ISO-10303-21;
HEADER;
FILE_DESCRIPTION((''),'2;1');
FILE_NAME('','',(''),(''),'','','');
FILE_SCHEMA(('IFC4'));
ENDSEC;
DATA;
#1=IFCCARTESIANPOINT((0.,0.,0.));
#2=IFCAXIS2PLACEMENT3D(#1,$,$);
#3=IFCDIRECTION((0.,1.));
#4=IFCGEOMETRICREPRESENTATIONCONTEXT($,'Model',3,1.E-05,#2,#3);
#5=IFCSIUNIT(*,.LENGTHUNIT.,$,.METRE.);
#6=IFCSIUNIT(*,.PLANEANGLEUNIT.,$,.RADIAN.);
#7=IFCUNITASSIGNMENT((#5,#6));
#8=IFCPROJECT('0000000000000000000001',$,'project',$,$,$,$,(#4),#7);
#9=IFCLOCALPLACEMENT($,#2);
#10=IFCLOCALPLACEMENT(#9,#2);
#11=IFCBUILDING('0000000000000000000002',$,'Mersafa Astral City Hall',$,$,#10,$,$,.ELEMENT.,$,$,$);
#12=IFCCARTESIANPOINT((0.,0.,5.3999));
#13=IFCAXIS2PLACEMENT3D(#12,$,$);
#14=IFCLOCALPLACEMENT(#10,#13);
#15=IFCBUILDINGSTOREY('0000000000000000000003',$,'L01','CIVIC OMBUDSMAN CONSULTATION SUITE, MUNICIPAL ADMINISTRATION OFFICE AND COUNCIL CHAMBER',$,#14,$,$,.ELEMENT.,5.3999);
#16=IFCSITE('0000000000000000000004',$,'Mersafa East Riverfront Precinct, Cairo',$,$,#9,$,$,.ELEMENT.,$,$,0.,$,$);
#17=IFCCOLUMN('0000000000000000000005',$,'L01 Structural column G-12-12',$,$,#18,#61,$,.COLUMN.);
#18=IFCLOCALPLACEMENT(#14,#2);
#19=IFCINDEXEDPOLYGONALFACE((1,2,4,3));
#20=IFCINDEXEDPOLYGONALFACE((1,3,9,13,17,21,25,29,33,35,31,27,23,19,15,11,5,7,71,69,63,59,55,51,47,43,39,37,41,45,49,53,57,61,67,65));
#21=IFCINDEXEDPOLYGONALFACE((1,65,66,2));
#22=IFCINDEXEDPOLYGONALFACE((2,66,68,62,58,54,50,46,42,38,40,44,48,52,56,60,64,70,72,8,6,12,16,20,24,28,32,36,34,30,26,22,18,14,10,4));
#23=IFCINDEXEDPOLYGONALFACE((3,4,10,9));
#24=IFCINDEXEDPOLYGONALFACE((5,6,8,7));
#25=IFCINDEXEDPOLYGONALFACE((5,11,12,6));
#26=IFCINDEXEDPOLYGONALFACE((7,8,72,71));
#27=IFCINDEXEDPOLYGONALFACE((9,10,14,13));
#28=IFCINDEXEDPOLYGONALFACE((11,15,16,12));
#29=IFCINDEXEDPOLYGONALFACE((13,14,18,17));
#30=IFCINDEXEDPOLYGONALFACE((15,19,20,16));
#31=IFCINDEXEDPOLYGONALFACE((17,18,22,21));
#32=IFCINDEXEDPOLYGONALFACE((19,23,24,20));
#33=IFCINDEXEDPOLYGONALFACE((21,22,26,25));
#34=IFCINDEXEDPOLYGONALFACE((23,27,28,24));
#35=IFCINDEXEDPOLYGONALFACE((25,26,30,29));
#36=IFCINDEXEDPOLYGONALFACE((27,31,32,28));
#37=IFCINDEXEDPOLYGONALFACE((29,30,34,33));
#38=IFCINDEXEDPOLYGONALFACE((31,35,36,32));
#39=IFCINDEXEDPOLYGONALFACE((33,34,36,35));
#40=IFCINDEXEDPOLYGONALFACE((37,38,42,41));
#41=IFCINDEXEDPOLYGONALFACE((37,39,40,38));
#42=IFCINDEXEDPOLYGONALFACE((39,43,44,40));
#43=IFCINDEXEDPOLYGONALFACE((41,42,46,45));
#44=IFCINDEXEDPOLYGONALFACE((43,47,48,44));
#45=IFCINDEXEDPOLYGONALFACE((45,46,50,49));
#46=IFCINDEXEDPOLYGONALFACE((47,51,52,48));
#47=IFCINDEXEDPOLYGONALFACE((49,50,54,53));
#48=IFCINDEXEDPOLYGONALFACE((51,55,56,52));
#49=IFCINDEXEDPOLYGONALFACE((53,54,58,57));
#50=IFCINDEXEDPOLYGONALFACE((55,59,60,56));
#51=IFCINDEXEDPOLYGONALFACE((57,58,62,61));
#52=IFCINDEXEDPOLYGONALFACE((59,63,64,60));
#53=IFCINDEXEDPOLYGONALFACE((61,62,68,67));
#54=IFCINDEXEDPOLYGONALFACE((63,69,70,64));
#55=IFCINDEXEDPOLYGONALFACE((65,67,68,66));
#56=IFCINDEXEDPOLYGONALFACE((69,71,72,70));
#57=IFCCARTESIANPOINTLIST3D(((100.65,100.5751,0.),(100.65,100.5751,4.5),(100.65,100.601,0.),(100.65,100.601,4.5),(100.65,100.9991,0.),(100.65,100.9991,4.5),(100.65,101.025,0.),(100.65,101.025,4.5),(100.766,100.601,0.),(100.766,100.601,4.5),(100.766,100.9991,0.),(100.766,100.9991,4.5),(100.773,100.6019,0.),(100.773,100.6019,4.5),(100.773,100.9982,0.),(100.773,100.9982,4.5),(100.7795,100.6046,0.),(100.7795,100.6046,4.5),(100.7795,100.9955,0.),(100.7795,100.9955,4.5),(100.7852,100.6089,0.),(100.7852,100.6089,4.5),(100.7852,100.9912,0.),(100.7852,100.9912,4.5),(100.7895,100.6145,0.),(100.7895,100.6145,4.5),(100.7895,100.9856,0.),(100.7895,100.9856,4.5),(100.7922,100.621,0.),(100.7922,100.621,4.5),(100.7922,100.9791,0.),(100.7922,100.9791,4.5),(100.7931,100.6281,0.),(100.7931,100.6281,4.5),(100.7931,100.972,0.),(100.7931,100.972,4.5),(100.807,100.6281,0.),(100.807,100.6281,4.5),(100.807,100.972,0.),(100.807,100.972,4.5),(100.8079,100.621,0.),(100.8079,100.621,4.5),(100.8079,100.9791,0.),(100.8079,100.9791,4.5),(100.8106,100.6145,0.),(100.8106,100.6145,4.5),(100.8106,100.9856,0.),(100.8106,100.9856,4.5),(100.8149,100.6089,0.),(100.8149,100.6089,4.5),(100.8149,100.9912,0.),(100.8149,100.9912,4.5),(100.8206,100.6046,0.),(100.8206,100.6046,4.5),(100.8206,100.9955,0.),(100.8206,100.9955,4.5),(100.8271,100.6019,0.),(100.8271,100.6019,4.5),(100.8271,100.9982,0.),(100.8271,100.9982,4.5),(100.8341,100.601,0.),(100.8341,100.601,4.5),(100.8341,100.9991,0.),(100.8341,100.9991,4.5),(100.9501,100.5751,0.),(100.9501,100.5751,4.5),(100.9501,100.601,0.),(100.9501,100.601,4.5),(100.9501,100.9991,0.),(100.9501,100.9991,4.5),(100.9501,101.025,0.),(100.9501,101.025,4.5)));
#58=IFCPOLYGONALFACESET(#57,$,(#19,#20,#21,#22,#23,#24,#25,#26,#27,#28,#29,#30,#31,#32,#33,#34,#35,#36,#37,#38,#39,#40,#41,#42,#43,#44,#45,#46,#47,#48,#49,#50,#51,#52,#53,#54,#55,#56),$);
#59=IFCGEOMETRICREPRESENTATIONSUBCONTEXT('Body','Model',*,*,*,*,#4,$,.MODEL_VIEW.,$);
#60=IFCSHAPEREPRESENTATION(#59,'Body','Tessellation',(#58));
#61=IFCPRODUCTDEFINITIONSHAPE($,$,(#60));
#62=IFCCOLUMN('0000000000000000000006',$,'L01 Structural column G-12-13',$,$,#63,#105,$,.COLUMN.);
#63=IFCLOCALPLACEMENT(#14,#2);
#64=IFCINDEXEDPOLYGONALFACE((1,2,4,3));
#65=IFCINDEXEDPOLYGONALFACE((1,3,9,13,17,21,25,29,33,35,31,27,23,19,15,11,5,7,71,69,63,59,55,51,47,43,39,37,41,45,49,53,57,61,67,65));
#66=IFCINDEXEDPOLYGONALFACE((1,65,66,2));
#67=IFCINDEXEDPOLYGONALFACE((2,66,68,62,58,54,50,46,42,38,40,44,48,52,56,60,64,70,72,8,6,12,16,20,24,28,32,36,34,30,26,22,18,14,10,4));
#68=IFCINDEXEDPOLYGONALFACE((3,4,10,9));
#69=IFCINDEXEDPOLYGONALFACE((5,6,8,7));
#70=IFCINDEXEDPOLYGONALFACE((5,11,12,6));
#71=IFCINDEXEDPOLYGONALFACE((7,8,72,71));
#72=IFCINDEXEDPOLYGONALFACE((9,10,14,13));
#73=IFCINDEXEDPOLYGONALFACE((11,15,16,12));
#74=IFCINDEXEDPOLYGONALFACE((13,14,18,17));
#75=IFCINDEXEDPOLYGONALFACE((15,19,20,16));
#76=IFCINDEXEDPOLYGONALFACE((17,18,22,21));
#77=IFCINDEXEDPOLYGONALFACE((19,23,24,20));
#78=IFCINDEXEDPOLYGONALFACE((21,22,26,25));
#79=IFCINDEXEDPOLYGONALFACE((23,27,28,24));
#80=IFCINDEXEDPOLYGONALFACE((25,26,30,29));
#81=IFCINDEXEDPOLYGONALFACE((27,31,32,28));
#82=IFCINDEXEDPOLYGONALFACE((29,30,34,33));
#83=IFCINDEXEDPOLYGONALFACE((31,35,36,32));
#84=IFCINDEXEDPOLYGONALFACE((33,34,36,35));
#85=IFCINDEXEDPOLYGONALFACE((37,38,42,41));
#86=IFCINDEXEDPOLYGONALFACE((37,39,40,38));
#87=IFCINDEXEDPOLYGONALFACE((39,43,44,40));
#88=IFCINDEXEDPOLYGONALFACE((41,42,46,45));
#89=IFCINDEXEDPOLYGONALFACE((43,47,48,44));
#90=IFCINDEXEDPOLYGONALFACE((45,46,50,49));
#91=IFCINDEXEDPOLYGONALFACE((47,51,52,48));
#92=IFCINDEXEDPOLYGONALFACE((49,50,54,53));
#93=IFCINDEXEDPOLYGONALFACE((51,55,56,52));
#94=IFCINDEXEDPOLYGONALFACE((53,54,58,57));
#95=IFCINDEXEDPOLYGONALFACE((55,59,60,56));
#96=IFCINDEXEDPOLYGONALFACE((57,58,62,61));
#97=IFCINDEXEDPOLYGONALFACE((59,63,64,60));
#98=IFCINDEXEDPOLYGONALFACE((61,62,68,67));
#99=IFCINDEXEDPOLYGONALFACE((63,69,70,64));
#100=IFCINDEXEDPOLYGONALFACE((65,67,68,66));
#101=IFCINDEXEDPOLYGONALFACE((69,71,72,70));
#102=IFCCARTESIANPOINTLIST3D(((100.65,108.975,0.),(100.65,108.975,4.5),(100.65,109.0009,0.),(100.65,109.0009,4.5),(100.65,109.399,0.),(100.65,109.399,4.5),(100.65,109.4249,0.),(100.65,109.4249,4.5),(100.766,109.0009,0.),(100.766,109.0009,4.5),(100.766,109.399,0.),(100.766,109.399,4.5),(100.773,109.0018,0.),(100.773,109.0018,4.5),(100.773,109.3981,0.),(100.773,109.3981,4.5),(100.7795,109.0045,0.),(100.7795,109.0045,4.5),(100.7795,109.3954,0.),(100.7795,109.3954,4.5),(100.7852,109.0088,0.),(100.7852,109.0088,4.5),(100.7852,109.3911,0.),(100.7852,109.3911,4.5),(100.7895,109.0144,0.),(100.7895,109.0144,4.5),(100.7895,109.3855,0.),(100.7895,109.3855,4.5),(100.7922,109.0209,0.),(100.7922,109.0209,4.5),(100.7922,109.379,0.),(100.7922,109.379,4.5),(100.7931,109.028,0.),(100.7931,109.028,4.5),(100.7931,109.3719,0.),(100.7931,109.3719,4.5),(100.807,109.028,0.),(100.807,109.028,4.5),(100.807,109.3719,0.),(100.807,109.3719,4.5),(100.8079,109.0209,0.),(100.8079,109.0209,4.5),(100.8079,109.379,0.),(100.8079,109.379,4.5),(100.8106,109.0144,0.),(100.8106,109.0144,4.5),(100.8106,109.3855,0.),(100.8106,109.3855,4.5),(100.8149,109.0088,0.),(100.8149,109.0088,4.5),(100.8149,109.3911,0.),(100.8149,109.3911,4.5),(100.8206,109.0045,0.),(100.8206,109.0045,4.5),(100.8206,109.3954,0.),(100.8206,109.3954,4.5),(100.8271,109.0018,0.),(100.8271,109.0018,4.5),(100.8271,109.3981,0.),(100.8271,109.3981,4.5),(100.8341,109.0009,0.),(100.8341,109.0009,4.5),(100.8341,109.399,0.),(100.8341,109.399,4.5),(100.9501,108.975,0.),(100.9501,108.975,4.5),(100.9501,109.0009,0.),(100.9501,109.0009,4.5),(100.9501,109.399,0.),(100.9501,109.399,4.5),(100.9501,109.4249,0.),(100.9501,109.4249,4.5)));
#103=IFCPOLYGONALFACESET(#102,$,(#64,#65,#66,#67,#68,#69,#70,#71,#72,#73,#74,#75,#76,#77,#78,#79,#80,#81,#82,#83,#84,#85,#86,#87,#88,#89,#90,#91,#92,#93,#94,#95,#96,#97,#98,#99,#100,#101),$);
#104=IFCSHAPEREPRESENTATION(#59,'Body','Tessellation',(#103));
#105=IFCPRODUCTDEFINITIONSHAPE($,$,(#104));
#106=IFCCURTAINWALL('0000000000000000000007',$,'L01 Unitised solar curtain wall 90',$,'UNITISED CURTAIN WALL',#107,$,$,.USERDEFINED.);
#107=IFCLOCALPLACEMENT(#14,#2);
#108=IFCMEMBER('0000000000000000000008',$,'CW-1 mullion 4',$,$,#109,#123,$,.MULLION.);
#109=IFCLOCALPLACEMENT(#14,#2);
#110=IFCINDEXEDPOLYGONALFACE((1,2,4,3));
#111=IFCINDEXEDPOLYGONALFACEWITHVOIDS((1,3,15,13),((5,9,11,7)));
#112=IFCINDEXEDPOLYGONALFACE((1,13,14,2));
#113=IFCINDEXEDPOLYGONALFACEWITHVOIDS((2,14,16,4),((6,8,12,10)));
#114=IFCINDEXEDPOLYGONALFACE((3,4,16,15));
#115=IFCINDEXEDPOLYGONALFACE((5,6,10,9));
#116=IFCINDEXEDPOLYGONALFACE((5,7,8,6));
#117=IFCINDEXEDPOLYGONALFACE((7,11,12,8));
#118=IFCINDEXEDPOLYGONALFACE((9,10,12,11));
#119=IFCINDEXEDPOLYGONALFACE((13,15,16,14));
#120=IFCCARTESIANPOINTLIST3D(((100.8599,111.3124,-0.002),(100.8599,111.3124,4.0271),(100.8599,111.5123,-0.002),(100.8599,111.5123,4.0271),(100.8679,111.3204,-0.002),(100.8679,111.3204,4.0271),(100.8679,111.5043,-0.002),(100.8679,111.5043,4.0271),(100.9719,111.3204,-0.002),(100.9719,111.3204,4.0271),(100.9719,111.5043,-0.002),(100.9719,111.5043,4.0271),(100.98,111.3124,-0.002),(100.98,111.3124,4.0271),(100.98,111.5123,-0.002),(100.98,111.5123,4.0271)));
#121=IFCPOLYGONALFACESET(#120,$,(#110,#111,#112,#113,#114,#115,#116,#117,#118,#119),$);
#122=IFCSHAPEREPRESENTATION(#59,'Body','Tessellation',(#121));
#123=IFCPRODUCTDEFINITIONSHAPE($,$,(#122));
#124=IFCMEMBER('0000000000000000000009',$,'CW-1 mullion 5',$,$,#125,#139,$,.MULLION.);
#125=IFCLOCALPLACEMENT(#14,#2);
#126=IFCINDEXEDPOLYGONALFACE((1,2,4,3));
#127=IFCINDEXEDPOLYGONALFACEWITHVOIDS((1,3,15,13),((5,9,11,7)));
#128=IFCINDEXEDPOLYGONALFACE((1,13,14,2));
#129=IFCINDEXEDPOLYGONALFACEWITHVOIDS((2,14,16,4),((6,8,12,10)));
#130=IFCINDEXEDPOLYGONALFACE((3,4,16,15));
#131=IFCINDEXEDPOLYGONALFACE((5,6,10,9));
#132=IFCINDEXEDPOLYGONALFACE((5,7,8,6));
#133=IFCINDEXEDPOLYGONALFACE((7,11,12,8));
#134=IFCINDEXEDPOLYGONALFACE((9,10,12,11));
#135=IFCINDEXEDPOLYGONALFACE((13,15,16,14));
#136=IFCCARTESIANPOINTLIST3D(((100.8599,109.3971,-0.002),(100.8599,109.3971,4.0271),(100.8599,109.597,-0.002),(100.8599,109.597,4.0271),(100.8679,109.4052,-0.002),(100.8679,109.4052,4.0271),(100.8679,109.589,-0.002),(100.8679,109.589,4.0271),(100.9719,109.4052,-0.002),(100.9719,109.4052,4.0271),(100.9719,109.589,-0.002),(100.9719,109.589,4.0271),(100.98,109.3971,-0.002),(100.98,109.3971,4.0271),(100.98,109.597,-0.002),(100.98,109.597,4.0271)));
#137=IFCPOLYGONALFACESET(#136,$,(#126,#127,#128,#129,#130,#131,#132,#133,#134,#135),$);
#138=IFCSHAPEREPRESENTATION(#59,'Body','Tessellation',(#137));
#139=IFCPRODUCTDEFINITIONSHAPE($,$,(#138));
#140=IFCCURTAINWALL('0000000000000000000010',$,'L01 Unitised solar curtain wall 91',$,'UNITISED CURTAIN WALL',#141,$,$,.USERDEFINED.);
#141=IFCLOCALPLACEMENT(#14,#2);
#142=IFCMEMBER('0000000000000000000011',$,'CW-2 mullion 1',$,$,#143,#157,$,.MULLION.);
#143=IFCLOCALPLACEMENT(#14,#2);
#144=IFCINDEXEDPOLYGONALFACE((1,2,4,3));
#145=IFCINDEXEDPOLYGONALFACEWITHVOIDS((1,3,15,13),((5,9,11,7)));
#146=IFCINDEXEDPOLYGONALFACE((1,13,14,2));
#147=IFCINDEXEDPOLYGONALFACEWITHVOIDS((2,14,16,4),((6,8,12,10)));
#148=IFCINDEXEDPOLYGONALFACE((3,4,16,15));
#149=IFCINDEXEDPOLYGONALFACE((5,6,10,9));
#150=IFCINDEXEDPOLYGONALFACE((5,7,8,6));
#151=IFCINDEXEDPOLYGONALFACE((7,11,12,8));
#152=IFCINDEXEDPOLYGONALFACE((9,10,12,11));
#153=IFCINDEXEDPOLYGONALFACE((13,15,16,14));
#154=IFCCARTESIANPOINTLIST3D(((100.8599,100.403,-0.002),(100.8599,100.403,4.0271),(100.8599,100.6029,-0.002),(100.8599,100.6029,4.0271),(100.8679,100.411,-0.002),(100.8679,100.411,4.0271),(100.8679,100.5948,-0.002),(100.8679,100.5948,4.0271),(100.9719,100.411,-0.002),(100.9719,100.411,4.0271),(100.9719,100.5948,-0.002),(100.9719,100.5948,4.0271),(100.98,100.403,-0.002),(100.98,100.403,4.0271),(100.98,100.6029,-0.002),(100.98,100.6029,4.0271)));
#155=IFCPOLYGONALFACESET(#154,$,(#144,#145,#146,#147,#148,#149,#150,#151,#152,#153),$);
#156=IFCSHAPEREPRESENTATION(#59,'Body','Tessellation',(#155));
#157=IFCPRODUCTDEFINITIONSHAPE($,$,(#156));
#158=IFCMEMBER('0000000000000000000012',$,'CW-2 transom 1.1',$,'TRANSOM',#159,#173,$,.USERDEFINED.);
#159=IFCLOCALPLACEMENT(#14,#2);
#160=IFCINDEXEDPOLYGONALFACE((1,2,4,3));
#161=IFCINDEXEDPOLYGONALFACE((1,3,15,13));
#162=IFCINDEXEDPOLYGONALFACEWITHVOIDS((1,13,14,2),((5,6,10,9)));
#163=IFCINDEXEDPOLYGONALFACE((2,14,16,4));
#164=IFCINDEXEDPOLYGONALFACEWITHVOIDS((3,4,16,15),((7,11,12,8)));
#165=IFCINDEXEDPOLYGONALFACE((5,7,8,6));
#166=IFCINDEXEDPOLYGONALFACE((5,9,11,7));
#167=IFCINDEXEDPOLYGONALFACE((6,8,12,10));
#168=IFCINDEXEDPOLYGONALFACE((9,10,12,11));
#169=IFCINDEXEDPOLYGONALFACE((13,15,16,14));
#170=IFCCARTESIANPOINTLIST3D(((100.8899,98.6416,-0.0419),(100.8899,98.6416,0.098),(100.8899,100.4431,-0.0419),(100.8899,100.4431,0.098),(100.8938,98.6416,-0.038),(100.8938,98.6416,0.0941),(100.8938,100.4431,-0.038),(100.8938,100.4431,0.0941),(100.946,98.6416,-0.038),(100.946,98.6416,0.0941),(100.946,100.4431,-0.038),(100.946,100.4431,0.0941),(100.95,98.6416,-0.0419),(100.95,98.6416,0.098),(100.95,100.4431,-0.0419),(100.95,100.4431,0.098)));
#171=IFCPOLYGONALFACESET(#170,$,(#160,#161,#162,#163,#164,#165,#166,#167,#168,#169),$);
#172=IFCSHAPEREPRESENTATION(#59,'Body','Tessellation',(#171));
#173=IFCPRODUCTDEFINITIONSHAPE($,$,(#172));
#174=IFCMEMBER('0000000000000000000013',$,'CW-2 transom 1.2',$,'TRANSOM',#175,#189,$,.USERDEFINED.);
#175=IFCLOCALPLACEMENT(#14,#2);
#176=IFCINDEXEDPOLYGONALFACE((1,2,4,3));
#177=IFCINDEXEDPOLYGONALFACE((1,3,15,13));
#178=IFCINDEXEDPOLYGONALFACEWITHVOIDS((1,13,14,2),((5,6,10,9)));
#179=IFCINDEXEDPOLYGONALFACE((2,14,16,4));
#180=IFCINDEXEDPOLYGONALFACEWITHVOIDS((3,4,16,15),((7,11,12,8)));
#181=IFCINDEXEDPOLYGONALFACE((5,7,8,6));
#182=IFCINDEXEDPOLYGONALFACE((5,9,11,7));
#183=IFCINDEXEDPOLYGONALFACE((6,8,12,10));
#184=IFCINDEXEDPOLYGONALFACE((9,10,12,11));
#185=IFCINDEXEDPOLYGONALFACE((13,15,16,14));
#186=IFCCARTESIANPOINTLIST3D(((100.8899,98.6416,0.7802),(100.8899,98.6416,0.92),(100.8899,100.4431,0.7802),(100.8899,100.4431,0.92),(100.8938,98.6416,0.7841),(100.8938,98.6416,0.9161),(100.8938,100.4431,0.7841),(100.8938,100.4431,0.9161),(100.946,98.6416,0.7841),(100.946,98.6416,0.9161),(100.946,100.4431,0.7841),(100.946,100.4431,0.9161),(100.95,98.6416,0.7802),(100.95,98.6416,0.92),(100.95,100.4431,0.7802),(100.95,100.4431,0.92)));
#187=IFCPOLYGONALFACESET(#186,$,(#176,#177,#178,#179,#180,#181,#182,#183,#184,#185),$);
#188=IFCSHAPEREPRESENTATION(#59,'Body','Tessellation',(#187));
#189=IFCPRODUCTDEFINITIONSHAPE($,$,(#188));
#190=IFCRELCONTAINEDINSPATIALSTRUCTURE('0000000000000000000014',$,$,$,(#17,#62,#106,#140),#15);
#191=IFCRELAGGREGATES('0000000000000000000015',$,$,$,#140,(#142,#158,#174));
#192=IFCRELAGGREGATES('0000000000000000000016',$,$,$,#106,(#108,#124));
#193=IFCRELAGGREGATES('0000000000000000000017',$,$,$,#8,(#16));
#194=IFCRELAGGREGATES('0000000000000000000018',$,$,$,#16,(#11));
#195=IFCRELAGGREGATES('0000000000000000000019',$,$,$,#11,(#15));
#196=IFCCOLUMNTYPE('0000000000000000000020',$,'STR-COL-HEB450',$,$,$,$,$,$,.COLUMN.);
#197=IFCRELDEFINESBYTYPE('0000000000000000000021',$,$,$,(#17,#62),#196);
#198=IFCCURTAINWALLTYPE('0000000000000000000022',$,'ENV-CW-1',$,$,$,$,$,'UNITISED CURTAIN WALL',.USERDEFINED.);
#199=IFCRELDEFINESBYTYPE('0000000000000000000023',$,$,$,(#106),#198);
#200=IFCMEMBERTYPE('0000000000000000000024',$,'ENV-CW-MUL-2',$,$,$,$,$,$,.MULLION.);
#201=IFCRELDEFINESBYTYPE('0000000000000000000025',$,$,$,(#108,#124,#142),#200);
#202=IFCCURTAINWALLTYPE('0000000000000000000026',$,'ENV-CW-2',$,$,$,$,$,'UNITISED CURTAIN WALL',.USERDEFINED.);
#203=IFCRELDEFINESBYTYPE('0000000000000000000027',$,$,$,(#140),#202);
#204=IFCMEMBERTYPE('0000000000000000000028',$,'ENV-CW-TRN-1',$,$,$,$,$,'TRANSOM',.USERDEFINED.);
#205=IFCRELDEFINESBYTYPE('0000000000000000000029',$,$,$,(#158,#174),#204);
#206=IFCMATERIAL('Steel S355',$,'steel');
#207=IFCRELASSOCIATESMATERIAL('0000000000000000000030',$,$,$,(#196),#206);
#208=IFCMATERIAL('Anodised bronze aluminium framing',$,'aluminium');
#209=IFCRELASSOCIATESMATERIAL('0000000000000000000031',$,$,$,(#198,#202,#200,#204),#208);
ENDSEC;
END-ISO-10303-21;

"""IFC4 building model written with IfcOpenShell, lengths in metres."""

from ifc_helpers import new_model, si_unit, direction, frame, origin, origin_2d, place, context, subcontext, project, spatial, hollow_rectangle, i_section, extrude, material, material_profile, profile_set, type_object, element, aggregate, save


model = new_model("IFC4")

# Units and contexts
model_context = context("Model", 3, precision=1e-05, world=origin(), true_north=direction((0.0, 1.0)))
body_context = subcontext(model_context, "Body", "Model", "MODEL_VIEW")
ifc_project = project(units=[si_unit("LENGTHUNIT", "METRE"), si_unit("PLANEANGLEUNIT", "RADIAN")], contexts=[model_context])

# Site, building, storey
site_placement = place(None, origin())
site = spatial("IfcSite", under=ifc_project, at=site_placement, Name="Mersafa East Riverfront Precinct, Cairo", CompositionType="ELEMENT", RefElevation=0.0)
building_placement = place(site_placement, origin())
building = spatial("IfcBuilding", under=site, at=building_placement, Name="Mersafa Astral City Hall", CompositionType="ELEMENT")
storey_placement = place(building_placement, frame((0.0, 0.0, 5.3999)))
storey = spatial("IfcBuildingStorey", under=building, at=storey_placement, Name="L01", Description="CIVIC OMBUDSMAN CONSULTATION SUITE, MUNICIPAL ADMINISTRATION OFFICE AND COUNCIL CHAMBER", CompositionType="ELEMENT", Elevation=5.3999)

# Columns
ifc_material_1 = material(Name="Steel S355", Category="steel")
ifc_material_profile_1 = material_profile(ifc_material_1, i_section(OverallWidth=0.3, OverallDepth=0.45, WebThickness=0.0139, FlangeThickness=0.0259, FilletRadius=0.0271, at=origin_2d()), Name="HEB 450")
ifc_profile_set_1 = profile_set([ifc_material_profile_1], Name="Steel S355")
column_type = type_object("IfcColumnType", Name="STR-COL-HEB450", PredefinedType="COLUMN", material=ifc_profile_set_1)
for number, where, z_axis, x_axis, name in (
    (1, (100.8, 100.8, 0.0), (0.0, 0.0, 1.0), (1.0, 0.0, 0.0), "L01 Structural column G-12-12"),
    (2, (100.8, 109.2, 0.0), (0.0, 0.0, 1.0), (1.0, 0.0, 0.0), "L01 Structural column G-12-13"),
):
    element("IfcColumn", number, at=place(storey_placement, frame(where, z_axis=z_axis, x_axis=x_axis)), inside=storey, type_object=column_type, Name=name, PredefinedType="COLUMN", context=body_context, shape_type="SweptSolid", body=[
        extrude(i_section(OverallWidth=0.3, OverallDepth=0.45, WebThickness=0.0139, FlangeThickness=0.0259, FilletRadius=0.0271, at=origin_2d()), origin(), (0.0, 0.0, 1.0), 4.5),
    ])

# Curtain walls, members
ifc_material_2 = material(Name="Anodised bronze aluminium framing", Category="aluminium")
curtain_wall_type_1 = type_object("IfcCurtainWallType", Name="ENV-CW-1", ElementType="UNITISED CURTAIN WALL", PredefinedType="USERDEFINED", material=ifc_material_2)
curtain_wall_1_placement = place(storey_placement, origin())
curtain_wall_1 = element("IfcCurtainWall", 3, at=curtain_wall_1_placement, inside=storey, type_object=curtain_wall_type_1, Name="L01 Unitised solar curtain wall 90", ObjectType="UNITISED CURTAIN WALL", PredefinedType="USERDEFINED")
ifc_material_profile_2 = material_profile(ifc_material_2, hollow_rectangle(XDim=0.1201, YDim=0.2, WallThickness=0.0081, at=origin_2d()), Name="RHS 120x200x8")
ifc_profile_set_2 = profile_set([ifc_material_profile_2], Name="Anodised bronze aluminium framing")
member_type_1 = type_object("IfcMemberType", Name="ENV-CW-MUL-2", PredefinedType="MULLION", material=ifc_profile_set_2)
member_1_placement = place(storey_placement, frame((100.9199, 111.4124, -0.002), z_axis=(0.0, 0.0, 1.0), x_axis=(1.0, 0.0, 0.0)))
member_1 = element("IfcMember", 4, at=member_1_placement, type_object=member_type_1, Name="CW-1 mullion 4", PredefinedType="MULLION", context=body_context, shape_type="SweptSolid", body=[
    extrude(hollow_rectangle(XDim=0.1201, YDim=0.2, WallThickness=0.0081, at=origin_2d()), origin(), (0.0, 0.0, 1.0), 4.0291),
])
member_2_placement = place(storey_placement, frame((100.9199, 109.4971, -0.002), z_axis=(0.0, 0.0, 1.0), x_axis=(1.0, 0.0, 0.0)))
member_2 = element("IfcMember", 5, at=member_2_placement, type_object=member_type_1, Name="CW-1 mullion 5", PredefinedType="MULLION", context=body_context, shape_type="SweptSolid", body=[
    extrude(hollow_rectangle(XDim=0.1201, YDim=0.2, WallThickness=0.0081, at=origin_2d()), origin(), (0.0, 0.0, 1.0), 4.0291),
])
curtain_wall_type_2 = type_object("IfcCurtainWallType", Name="ENV-CW-2", ElementType="UNITISED CURTAIN WALL", PredefinedType="USERDEFINED", material=ifc_material_2)
curtain_wall_2_placement = place(storey_placement, origin())
curtain_wall_2 = element("IfcCurtainWall", 6, at=curtain_wall_2_placement, inside=storey, type_object=curtain_wall_type_2, Name="L01 Unitised solar curtain wall 91", ObjectType="UNITISED CURTAIN WALL", PredefinedType="USERDEFINED")
member_3_placement = place(storey_placement, frame((100.9199, 100.5029, -0.002), z_axis=(0.0, 0.0, 1.0), x_axis=(1.0, 0.0, 0.0)))
member_3 = element("IfcMember", 7, at=member_3_placement, type_object=member_type_1, Name="CW-2 mullion 1", PredefinedType="MULLION", context=body_context, shape_type="SweptSolid", body=[
    extrude(hollow_rectangle(XDim=0.1201, YDim=0.2, WallThickness=0.0081, at=origin_2d()), origin(), (0.0, 0.0, 1.0), 4.0291),
])
ifc_material_profile_3 = material_profile(ifc_material_2, hollow_rectangle(XDim=0.0601, YDim=0.1399, WallThickness=0.0039, at=origin_2d()), Name="RHS 60x140x4")
ifc_profile_set_3 = profile_set([ifc_material_profile_3], Name="Anodised bronze aluminium framing")
member_type_2 = type_object("IfcMemberType", Name="ENV-CW-TRN-1", ElementType="TRANSOM", PredefinedType="USERDEFINED", material=ifc_profile_set_3)
member_4_placement = place(storey_placement, frame((100.9199, 100.4431, 0.0281), z_axis=(0.0, -1.0, 0.0), x_axis=(1.0, 0.0, 0.0)))
member_4 = element("IfcMember", 8, at=member_4_placement, type_object=member_type_2, Name="CW-2 transom 1.1", ObjectType="TRANSOM", PredefinedType="USERDEFINED", context=body_context, shape_type="SweptSolid", body=[
    extrude(hollow_rectangle(XDim=0.0601, YDim=0.1399, WallThickness=0.0039, at=origin_2d()), origin(), (0.0, 0.0, 1.0), 1.8015),
])
member_5_placement = place(storey_placement, frame((100.9199, 100.4431, 0.8501), z_axis=(0.0, -1.0, 0.0), x_axis=(1.0, 0.0, 0.0)))
member_5 = element("IfcMember", 9, at=member_5_placement, type_object=member_type_2, Name="CW-2 transom 1.2", ObjectType="TRANSOM", PredefinedType="USERDEFINED", context=body_context, shape_type="SweptSolid", body=[
    extrude(hollow_rectangle(XDim=0.0601, YDim=0.1399, WallThickness=0.0039, at=origin_2d()), origin(), (0.0, 0.0, 1.0), 1.8015),
])
aggregate(curtain_wall_2, [member_3, member_4, member_5])

aggregate(curtain_wall_1, [member_1, member_2])

save(model, "model.ifc")
